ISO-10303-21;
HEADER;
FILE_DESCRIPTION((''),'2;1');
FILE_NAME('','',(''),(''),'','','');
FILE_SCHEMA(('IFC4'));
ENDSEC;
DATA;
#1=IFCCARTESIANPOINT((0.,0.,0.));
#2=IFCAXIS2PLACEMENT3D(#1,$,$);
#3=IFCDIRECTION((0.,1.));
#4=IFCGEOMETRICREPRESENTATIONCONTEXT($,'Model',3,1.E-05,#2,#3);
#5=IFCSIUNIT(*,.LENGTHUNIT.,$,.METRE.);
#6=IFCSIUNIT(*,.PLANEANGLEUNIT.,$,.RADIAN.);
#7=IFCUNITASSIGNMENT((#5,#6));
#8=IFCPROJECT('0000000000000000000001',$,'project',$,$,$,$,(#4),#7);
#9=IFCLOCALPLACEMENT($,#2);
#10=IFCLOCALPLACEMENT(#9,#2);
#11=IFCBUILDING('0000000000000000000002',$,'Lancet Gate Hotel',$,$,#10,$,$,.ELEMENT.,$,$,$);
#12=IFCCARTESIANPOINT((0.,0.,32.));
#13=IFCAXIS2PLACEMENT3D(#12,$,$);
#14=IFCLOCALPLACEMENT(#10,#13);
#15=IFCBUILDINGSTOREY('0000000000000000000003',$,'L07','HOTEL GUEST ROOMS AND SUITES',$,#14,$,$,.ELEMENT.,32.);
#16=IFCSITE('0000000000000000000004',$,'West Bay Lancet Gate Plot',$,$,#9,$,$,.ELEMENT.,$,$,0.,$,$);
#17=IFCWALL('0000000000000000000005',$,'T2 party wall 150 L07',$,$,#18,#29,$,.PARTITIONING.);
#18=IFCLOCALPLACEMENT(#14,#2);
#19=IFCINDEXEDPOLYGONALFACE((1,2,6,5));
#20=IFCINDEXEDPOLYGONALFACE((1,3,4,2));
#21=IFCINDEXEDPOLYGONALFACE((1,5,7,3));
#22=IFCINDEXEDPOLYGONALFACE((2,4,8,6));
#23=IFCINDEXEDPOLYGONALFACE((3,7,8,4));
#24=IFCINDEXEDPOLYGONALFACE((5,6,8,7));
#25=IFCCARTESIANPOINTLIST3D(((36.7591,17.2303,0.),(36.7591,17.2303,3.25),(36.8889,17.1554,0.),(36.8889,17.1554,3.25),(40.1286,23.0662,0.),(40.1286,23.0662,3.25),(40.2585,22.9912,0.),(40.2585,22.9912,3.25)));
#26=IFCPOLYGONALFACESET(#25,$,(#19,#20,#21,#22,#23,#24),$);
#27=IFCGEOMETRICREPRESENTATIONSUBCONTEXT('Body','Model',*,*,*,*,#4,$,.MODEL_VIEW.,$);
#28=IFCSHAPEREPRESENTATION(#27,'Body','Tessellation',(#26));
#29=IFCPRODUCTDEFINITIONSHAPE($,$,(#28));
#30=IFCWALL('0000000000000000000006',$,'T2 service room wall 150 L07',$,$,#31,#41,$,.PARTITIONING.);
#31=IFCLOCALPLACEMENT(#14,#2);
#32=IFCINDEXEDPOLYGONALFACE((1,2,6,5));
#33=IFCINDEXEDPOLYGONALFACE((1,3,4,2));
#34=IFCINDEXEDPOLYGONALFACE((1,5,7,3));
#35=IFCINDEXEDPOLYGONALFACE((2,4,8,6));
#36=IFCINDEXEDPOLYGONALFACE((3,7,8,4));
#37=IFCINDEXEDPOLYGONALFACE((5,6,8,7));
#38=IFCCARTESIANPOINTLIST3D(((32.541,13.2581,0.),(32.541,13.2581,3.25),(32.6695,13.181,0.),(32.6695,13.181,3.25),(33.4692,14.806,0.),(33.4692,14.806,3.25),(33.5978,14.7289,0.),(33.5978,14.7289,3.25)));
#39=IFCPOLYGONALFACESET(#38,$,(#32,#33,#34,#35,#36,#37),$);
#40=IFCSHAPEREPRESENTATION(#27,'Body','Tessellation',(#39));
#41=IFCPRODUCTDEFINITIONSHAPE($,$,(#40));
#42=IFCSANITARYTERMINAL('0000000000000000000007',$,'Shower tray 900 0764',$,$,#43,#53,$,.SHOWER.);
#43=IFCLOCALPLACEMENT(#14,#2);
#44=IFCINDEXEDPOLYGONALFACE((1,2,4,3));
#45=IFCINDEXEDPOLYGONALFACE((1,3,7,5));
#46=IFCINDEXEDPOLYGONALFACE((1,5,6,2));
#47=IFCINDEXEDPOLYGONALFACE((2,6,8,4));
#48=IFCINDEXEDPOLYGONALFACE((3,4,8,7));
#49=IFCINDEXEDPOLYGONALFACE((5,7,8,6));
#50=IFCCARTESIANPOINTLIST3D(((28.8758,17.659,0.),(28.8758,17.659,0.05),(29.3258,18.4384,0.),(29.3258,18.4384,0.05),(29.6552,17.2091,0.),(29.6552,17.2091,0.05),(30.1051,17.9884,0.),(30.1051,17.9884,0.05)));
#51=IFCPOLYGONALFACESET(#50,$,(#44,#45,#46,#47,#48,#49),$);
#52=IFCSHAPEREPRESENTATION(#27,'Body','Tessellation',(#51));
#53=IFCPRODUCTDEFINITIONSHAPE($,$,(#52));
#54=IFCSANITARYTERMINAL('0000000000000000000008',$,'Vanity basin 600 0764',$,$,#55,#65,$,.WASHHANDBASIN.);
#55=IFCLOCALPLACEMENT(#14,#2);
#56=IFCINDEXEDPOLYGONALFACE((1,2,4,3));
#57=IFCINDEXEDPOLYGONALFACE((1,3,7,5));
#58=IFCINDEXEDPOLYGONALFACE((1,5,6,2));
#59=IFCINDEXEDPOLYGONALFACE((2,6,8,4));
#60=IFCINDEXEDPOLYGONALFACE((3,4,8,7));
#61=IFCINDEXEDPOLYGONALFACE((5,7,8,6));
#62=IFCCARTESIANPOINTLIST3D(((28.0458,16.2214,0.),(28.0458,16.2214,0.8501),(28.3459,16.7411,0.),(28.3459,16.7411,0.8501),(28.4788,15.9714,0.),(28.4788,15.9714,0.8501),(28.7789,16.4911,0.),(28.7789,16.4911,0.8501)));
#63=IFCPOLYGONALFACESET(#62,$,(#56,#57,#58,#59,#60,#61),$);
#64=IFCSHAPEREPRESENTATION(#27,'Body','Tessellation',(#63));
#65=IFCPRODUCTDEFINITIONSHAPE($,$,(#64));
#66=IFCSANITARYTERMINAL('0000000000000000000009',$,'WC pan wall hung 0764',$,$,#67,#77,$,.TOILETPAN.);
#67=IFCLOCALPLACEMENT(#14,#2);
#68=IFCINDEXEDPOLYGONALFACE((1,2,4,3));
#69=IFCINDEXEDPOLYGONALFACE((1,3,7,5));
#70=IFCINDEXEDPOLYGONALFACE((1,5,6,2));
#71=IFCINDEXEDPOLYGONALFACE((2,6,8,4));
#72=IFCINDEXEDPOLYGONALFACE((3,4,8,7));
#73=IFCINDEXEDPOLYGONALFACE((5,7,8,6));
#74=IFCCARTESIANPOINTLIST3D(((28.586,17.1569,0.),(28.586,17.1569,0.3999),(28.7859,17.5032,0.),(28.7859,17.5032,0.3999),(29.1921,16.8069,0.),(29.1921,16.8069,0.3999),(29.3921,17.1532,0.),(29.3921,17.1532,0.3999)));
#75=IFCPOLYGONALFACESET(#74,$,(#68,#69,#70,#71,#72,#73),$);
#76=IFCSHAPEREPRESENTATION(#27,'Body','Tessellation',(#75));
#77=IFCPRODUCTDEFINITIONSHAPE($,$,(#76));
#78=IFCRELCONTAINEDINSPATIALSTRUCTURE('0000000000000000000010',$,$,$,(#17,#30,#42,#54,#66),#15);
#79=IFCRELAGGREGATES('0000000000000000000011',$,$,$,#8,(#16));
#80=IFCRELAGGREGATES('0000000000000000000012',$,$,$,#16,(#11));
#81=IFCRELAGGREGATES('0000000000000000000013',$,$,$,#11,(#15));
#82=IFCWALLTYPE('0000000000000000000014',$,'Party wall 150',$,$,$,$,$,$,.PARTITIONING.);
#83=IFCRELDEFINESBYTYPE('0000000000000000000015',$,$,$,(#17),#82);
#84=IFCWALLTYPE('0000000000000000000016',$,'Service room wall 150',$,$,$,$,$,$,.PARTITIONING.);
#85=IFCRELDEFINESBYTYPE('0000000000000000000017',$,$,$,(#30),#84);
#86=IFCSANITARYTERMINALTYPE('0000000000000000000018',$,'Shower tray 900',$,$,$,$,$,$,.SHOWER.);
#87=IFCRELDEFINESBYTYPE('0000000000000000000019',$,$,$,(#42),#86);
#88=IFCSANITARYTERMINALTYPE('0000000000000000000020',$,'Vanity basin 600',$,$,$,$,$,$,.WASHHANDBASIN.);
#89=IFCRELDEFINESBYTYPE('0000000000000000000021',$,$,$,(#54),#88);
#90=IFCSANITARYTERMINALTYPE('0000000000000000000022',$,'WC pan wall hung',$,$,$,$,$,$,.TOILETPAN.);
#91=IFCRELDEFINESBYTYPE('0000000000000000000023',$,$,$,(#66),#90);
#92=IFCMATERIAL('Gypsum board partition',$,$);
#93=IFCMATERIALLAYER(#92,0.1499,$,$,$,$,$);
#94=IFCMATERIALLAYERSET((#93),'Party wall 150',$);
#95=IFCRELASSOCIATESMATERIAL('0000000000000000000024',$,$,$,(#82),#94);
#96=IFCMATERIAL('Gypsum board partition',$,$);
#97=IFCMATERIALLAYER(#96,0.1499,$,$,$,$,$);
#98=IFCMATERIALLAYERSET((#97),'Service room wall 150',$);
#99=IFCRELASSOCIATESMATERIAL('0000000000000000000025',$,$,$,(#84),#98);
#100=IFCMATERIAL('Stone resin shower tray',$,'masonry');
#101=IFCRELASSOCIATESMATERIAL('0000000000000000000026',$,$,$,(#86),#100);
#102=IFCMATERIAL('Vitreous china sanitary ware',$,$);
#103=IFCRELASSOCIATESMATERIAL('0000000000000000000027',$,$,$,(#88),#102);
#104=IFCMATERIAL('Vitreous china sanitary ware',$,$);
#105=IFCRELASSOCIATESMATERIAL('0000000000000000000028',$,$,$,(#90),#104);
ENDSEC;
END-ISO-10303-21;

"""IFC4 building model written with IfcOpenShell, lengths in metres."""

from ifc_helpers import new_model, si_unit, direction, frame, frame_2d, origin, origin_2d, place, context, subcontext, project, spatial, rectangle, extrude, material, layer, layer_set, type_object, element, save


model = new_model("IFC4")

# Units and contexts
model_context = context("Model", 3, precision=1e-05, world=origin(), true_north=direction((0.0, 1.0)))
body_context = subcontext(model_context, "Body", "Model", "MODEL_VIEW")
ifc_project = project(units=[si_unit("LENGTHUNIT", "METRE"), si_unit("PLANEANGLEUNIT", "RADIAN")], contexts=[model_context])

# Site, building, storey
site_placement = place(None, origin())
site = spatial("IfcSite", under=ifc_project, at=site_placement, Name="West Bay Lancet Gate Plot", CompositionType="ELEMENT", RefElevation=0.0)
building_placement = place(site_placement, origin())
building = spatial("IfcBuilding", under=site, at=building_placement, Name="Lancet Gate Hotel", CompositionType="ELEMENT")
storey_placement = place(building_placement, frame((0.0, 0.0, 32.0)))
storey = spatial("IfcBuildingStorey", under=building, at=storey_placement, Name="L07", Description="HOTEL GUEST ROOMS AND SUITES", CompositionType="ELEMENT", Elevation=32.0)

# Walls
ifc_material_1 = material(Name="Gypsum board partition")
ifc_layer_1 = layer(ifc_material_1, 0.1499)
ifc_layer_set_1 = layer_set([ifc_layer_1], Name="Party wall 150")
wall_type_1 = type_object("IfcWallType", Name="Party wall 150", PredefinedType="PARTITIONING", material=ifc_layer_set_1)
wall_1_placement = place(storey_placement, frame((36.824, 17.1929, 0.0), z_axis=(0.0, 0.0, 1.0), x_axis=(0.500028, 0.866009, 0.0)))
element("IfcWall", 1, at=wall_1_placement, inside=storey, type_object=wall_type_1, Name="T2 party wall 150 L07", PredefinedType="PARTITIONING", context=body_context, shape_type="SweptSolid", body=[
    extrude(rectangle(XDim=6.7388, YDim=0.1499, at=frame_2d((3.3694, 0.0))), origin(), (0.0, 0.0, 1.0), 3.25),
])
ifc_material_2 = material(Name="Gypsum board partition")
ifc_layer_2 = layer(ifc_material_2, 0.1499)
ifc_layer_set_2 = layer_set([ifc_layer_2], Name="Service room wall 150")
wall_type_2 = type_object("IfcWallType", Name="Service room wall 150", PredefinedType="PARTITIONING", material=ifc_layer_set_2)
wall_2_placement = place(storey_placement, frame((33.5334, 14.7673, 0.0), z_axis=(0.0, 0.0, 1.0), x_axis=(-0.514297, -0.857612, 0.0)))
element("IfcWall", 2, at=wall_2_placement, inside=storey, type_object=wall_type_2, Name="T2 service room wall 150 L07", PredefinedType="PARTITIONING", context=body_context, shape_type="SweptSolid", body=[
    extrude(rectangle(XDim=1.8049, YDim=0.1499, at=frame_2d((0.9023, 0.0))), origin(), (0.0, 0.0, 1.0), 3.25),
])

# Sanitary terminals
ifc_material_3 = material(Name="Stone resin shower tray", Category="masonry")
sanitary_terminal_type_1 = type_object("IfcSanitaryTerminalType", Name="Shower tray 900", PredefinedType="SHOWER", material=ifc_material_3)
sanitary_terminal_1_placement = place(storey_placement, frame((29.4905, 17.8237, 0.0), z_axis=(0.0, 0.0, 1.0), x_axis=(0.5, 0.866025, 0.0)))
element("IfcSanitaryTerminal", 3, at=sanitary_terminal_1_placement, inside=storey, type_object=sanitary_terminal_type_1, Name="Shower tray 900 0764", PredefinedType="SHOWER", context=body_context, shape_type="SweptSolid", body=[
    extrude(rectangle(XDim=0.8999, YDim=0.8999, at=origin_2d()), origin(), (0.0, 0.0, 1.0), 0.05),
])
ifc_material_4 = material(Name="Vitreous china sanitary ware")
sanitary_terminal_type_2 = type_object("IfcSanitaryTerminalType", Name="Vanity basin 600", PredefinedType="WASHHANDBASIN", material=ifc_material_4)
sanitary_terminal_2_placement = place(storey_placement, frame((28.4124, 16.3562, 0.0), z_axis=(0.0, 0.0, 1.0), x_axis=(0.5, 0.866025, 0.0)))
element("IfcSanitaryTerminal", 4, at=sanitary_terminal_2_placement, inside=storey, type_object=sanitary_terminal_type_2, Name="Vanity basin 600 0764", PredefinedType="WASHHANDBASIN", context=body_context, shape_type="SweptSolid", body=[
    extrude(rectangle(XDim=0.6001, YDim=0.5, at=origin_2d()), origin(), (0.0, 0.0, 1.0), 0.8501),
])
ifc_material_5 = material(Name="Vitreous china sanitary ware")
sanitary_terminal_type_3 = type_object("IfcSanitaryTerminalType", Name="WC pan wall hung", PredefinedType="TOILETPAN", material=ifc_material_5)
sanitary_terminal_3_placement = place(storey_placement, frame((28.989, 17.155, 0.0), z_axis=(0.0, 0.0, 1.0), x_axis=(0.5, 0.866025, 0.0)))
element("IfcSanitaryTerminal", 5, at=sanitary_terminal_3_placement, inside=storey, type_object=sanitary_terminal_type_3, Name="WC pan wall hung 0764", PredefinedType="TOILETPAN", context=body_context, shape_type="SweptSolid", body=[
    extrude(rectangle(XDim=0.3999, YDim=0.7, at=origin_2d()), origin(), (0.0, 0.0, 1.0), 0.3999),
])

save(model, "model.ifc")
